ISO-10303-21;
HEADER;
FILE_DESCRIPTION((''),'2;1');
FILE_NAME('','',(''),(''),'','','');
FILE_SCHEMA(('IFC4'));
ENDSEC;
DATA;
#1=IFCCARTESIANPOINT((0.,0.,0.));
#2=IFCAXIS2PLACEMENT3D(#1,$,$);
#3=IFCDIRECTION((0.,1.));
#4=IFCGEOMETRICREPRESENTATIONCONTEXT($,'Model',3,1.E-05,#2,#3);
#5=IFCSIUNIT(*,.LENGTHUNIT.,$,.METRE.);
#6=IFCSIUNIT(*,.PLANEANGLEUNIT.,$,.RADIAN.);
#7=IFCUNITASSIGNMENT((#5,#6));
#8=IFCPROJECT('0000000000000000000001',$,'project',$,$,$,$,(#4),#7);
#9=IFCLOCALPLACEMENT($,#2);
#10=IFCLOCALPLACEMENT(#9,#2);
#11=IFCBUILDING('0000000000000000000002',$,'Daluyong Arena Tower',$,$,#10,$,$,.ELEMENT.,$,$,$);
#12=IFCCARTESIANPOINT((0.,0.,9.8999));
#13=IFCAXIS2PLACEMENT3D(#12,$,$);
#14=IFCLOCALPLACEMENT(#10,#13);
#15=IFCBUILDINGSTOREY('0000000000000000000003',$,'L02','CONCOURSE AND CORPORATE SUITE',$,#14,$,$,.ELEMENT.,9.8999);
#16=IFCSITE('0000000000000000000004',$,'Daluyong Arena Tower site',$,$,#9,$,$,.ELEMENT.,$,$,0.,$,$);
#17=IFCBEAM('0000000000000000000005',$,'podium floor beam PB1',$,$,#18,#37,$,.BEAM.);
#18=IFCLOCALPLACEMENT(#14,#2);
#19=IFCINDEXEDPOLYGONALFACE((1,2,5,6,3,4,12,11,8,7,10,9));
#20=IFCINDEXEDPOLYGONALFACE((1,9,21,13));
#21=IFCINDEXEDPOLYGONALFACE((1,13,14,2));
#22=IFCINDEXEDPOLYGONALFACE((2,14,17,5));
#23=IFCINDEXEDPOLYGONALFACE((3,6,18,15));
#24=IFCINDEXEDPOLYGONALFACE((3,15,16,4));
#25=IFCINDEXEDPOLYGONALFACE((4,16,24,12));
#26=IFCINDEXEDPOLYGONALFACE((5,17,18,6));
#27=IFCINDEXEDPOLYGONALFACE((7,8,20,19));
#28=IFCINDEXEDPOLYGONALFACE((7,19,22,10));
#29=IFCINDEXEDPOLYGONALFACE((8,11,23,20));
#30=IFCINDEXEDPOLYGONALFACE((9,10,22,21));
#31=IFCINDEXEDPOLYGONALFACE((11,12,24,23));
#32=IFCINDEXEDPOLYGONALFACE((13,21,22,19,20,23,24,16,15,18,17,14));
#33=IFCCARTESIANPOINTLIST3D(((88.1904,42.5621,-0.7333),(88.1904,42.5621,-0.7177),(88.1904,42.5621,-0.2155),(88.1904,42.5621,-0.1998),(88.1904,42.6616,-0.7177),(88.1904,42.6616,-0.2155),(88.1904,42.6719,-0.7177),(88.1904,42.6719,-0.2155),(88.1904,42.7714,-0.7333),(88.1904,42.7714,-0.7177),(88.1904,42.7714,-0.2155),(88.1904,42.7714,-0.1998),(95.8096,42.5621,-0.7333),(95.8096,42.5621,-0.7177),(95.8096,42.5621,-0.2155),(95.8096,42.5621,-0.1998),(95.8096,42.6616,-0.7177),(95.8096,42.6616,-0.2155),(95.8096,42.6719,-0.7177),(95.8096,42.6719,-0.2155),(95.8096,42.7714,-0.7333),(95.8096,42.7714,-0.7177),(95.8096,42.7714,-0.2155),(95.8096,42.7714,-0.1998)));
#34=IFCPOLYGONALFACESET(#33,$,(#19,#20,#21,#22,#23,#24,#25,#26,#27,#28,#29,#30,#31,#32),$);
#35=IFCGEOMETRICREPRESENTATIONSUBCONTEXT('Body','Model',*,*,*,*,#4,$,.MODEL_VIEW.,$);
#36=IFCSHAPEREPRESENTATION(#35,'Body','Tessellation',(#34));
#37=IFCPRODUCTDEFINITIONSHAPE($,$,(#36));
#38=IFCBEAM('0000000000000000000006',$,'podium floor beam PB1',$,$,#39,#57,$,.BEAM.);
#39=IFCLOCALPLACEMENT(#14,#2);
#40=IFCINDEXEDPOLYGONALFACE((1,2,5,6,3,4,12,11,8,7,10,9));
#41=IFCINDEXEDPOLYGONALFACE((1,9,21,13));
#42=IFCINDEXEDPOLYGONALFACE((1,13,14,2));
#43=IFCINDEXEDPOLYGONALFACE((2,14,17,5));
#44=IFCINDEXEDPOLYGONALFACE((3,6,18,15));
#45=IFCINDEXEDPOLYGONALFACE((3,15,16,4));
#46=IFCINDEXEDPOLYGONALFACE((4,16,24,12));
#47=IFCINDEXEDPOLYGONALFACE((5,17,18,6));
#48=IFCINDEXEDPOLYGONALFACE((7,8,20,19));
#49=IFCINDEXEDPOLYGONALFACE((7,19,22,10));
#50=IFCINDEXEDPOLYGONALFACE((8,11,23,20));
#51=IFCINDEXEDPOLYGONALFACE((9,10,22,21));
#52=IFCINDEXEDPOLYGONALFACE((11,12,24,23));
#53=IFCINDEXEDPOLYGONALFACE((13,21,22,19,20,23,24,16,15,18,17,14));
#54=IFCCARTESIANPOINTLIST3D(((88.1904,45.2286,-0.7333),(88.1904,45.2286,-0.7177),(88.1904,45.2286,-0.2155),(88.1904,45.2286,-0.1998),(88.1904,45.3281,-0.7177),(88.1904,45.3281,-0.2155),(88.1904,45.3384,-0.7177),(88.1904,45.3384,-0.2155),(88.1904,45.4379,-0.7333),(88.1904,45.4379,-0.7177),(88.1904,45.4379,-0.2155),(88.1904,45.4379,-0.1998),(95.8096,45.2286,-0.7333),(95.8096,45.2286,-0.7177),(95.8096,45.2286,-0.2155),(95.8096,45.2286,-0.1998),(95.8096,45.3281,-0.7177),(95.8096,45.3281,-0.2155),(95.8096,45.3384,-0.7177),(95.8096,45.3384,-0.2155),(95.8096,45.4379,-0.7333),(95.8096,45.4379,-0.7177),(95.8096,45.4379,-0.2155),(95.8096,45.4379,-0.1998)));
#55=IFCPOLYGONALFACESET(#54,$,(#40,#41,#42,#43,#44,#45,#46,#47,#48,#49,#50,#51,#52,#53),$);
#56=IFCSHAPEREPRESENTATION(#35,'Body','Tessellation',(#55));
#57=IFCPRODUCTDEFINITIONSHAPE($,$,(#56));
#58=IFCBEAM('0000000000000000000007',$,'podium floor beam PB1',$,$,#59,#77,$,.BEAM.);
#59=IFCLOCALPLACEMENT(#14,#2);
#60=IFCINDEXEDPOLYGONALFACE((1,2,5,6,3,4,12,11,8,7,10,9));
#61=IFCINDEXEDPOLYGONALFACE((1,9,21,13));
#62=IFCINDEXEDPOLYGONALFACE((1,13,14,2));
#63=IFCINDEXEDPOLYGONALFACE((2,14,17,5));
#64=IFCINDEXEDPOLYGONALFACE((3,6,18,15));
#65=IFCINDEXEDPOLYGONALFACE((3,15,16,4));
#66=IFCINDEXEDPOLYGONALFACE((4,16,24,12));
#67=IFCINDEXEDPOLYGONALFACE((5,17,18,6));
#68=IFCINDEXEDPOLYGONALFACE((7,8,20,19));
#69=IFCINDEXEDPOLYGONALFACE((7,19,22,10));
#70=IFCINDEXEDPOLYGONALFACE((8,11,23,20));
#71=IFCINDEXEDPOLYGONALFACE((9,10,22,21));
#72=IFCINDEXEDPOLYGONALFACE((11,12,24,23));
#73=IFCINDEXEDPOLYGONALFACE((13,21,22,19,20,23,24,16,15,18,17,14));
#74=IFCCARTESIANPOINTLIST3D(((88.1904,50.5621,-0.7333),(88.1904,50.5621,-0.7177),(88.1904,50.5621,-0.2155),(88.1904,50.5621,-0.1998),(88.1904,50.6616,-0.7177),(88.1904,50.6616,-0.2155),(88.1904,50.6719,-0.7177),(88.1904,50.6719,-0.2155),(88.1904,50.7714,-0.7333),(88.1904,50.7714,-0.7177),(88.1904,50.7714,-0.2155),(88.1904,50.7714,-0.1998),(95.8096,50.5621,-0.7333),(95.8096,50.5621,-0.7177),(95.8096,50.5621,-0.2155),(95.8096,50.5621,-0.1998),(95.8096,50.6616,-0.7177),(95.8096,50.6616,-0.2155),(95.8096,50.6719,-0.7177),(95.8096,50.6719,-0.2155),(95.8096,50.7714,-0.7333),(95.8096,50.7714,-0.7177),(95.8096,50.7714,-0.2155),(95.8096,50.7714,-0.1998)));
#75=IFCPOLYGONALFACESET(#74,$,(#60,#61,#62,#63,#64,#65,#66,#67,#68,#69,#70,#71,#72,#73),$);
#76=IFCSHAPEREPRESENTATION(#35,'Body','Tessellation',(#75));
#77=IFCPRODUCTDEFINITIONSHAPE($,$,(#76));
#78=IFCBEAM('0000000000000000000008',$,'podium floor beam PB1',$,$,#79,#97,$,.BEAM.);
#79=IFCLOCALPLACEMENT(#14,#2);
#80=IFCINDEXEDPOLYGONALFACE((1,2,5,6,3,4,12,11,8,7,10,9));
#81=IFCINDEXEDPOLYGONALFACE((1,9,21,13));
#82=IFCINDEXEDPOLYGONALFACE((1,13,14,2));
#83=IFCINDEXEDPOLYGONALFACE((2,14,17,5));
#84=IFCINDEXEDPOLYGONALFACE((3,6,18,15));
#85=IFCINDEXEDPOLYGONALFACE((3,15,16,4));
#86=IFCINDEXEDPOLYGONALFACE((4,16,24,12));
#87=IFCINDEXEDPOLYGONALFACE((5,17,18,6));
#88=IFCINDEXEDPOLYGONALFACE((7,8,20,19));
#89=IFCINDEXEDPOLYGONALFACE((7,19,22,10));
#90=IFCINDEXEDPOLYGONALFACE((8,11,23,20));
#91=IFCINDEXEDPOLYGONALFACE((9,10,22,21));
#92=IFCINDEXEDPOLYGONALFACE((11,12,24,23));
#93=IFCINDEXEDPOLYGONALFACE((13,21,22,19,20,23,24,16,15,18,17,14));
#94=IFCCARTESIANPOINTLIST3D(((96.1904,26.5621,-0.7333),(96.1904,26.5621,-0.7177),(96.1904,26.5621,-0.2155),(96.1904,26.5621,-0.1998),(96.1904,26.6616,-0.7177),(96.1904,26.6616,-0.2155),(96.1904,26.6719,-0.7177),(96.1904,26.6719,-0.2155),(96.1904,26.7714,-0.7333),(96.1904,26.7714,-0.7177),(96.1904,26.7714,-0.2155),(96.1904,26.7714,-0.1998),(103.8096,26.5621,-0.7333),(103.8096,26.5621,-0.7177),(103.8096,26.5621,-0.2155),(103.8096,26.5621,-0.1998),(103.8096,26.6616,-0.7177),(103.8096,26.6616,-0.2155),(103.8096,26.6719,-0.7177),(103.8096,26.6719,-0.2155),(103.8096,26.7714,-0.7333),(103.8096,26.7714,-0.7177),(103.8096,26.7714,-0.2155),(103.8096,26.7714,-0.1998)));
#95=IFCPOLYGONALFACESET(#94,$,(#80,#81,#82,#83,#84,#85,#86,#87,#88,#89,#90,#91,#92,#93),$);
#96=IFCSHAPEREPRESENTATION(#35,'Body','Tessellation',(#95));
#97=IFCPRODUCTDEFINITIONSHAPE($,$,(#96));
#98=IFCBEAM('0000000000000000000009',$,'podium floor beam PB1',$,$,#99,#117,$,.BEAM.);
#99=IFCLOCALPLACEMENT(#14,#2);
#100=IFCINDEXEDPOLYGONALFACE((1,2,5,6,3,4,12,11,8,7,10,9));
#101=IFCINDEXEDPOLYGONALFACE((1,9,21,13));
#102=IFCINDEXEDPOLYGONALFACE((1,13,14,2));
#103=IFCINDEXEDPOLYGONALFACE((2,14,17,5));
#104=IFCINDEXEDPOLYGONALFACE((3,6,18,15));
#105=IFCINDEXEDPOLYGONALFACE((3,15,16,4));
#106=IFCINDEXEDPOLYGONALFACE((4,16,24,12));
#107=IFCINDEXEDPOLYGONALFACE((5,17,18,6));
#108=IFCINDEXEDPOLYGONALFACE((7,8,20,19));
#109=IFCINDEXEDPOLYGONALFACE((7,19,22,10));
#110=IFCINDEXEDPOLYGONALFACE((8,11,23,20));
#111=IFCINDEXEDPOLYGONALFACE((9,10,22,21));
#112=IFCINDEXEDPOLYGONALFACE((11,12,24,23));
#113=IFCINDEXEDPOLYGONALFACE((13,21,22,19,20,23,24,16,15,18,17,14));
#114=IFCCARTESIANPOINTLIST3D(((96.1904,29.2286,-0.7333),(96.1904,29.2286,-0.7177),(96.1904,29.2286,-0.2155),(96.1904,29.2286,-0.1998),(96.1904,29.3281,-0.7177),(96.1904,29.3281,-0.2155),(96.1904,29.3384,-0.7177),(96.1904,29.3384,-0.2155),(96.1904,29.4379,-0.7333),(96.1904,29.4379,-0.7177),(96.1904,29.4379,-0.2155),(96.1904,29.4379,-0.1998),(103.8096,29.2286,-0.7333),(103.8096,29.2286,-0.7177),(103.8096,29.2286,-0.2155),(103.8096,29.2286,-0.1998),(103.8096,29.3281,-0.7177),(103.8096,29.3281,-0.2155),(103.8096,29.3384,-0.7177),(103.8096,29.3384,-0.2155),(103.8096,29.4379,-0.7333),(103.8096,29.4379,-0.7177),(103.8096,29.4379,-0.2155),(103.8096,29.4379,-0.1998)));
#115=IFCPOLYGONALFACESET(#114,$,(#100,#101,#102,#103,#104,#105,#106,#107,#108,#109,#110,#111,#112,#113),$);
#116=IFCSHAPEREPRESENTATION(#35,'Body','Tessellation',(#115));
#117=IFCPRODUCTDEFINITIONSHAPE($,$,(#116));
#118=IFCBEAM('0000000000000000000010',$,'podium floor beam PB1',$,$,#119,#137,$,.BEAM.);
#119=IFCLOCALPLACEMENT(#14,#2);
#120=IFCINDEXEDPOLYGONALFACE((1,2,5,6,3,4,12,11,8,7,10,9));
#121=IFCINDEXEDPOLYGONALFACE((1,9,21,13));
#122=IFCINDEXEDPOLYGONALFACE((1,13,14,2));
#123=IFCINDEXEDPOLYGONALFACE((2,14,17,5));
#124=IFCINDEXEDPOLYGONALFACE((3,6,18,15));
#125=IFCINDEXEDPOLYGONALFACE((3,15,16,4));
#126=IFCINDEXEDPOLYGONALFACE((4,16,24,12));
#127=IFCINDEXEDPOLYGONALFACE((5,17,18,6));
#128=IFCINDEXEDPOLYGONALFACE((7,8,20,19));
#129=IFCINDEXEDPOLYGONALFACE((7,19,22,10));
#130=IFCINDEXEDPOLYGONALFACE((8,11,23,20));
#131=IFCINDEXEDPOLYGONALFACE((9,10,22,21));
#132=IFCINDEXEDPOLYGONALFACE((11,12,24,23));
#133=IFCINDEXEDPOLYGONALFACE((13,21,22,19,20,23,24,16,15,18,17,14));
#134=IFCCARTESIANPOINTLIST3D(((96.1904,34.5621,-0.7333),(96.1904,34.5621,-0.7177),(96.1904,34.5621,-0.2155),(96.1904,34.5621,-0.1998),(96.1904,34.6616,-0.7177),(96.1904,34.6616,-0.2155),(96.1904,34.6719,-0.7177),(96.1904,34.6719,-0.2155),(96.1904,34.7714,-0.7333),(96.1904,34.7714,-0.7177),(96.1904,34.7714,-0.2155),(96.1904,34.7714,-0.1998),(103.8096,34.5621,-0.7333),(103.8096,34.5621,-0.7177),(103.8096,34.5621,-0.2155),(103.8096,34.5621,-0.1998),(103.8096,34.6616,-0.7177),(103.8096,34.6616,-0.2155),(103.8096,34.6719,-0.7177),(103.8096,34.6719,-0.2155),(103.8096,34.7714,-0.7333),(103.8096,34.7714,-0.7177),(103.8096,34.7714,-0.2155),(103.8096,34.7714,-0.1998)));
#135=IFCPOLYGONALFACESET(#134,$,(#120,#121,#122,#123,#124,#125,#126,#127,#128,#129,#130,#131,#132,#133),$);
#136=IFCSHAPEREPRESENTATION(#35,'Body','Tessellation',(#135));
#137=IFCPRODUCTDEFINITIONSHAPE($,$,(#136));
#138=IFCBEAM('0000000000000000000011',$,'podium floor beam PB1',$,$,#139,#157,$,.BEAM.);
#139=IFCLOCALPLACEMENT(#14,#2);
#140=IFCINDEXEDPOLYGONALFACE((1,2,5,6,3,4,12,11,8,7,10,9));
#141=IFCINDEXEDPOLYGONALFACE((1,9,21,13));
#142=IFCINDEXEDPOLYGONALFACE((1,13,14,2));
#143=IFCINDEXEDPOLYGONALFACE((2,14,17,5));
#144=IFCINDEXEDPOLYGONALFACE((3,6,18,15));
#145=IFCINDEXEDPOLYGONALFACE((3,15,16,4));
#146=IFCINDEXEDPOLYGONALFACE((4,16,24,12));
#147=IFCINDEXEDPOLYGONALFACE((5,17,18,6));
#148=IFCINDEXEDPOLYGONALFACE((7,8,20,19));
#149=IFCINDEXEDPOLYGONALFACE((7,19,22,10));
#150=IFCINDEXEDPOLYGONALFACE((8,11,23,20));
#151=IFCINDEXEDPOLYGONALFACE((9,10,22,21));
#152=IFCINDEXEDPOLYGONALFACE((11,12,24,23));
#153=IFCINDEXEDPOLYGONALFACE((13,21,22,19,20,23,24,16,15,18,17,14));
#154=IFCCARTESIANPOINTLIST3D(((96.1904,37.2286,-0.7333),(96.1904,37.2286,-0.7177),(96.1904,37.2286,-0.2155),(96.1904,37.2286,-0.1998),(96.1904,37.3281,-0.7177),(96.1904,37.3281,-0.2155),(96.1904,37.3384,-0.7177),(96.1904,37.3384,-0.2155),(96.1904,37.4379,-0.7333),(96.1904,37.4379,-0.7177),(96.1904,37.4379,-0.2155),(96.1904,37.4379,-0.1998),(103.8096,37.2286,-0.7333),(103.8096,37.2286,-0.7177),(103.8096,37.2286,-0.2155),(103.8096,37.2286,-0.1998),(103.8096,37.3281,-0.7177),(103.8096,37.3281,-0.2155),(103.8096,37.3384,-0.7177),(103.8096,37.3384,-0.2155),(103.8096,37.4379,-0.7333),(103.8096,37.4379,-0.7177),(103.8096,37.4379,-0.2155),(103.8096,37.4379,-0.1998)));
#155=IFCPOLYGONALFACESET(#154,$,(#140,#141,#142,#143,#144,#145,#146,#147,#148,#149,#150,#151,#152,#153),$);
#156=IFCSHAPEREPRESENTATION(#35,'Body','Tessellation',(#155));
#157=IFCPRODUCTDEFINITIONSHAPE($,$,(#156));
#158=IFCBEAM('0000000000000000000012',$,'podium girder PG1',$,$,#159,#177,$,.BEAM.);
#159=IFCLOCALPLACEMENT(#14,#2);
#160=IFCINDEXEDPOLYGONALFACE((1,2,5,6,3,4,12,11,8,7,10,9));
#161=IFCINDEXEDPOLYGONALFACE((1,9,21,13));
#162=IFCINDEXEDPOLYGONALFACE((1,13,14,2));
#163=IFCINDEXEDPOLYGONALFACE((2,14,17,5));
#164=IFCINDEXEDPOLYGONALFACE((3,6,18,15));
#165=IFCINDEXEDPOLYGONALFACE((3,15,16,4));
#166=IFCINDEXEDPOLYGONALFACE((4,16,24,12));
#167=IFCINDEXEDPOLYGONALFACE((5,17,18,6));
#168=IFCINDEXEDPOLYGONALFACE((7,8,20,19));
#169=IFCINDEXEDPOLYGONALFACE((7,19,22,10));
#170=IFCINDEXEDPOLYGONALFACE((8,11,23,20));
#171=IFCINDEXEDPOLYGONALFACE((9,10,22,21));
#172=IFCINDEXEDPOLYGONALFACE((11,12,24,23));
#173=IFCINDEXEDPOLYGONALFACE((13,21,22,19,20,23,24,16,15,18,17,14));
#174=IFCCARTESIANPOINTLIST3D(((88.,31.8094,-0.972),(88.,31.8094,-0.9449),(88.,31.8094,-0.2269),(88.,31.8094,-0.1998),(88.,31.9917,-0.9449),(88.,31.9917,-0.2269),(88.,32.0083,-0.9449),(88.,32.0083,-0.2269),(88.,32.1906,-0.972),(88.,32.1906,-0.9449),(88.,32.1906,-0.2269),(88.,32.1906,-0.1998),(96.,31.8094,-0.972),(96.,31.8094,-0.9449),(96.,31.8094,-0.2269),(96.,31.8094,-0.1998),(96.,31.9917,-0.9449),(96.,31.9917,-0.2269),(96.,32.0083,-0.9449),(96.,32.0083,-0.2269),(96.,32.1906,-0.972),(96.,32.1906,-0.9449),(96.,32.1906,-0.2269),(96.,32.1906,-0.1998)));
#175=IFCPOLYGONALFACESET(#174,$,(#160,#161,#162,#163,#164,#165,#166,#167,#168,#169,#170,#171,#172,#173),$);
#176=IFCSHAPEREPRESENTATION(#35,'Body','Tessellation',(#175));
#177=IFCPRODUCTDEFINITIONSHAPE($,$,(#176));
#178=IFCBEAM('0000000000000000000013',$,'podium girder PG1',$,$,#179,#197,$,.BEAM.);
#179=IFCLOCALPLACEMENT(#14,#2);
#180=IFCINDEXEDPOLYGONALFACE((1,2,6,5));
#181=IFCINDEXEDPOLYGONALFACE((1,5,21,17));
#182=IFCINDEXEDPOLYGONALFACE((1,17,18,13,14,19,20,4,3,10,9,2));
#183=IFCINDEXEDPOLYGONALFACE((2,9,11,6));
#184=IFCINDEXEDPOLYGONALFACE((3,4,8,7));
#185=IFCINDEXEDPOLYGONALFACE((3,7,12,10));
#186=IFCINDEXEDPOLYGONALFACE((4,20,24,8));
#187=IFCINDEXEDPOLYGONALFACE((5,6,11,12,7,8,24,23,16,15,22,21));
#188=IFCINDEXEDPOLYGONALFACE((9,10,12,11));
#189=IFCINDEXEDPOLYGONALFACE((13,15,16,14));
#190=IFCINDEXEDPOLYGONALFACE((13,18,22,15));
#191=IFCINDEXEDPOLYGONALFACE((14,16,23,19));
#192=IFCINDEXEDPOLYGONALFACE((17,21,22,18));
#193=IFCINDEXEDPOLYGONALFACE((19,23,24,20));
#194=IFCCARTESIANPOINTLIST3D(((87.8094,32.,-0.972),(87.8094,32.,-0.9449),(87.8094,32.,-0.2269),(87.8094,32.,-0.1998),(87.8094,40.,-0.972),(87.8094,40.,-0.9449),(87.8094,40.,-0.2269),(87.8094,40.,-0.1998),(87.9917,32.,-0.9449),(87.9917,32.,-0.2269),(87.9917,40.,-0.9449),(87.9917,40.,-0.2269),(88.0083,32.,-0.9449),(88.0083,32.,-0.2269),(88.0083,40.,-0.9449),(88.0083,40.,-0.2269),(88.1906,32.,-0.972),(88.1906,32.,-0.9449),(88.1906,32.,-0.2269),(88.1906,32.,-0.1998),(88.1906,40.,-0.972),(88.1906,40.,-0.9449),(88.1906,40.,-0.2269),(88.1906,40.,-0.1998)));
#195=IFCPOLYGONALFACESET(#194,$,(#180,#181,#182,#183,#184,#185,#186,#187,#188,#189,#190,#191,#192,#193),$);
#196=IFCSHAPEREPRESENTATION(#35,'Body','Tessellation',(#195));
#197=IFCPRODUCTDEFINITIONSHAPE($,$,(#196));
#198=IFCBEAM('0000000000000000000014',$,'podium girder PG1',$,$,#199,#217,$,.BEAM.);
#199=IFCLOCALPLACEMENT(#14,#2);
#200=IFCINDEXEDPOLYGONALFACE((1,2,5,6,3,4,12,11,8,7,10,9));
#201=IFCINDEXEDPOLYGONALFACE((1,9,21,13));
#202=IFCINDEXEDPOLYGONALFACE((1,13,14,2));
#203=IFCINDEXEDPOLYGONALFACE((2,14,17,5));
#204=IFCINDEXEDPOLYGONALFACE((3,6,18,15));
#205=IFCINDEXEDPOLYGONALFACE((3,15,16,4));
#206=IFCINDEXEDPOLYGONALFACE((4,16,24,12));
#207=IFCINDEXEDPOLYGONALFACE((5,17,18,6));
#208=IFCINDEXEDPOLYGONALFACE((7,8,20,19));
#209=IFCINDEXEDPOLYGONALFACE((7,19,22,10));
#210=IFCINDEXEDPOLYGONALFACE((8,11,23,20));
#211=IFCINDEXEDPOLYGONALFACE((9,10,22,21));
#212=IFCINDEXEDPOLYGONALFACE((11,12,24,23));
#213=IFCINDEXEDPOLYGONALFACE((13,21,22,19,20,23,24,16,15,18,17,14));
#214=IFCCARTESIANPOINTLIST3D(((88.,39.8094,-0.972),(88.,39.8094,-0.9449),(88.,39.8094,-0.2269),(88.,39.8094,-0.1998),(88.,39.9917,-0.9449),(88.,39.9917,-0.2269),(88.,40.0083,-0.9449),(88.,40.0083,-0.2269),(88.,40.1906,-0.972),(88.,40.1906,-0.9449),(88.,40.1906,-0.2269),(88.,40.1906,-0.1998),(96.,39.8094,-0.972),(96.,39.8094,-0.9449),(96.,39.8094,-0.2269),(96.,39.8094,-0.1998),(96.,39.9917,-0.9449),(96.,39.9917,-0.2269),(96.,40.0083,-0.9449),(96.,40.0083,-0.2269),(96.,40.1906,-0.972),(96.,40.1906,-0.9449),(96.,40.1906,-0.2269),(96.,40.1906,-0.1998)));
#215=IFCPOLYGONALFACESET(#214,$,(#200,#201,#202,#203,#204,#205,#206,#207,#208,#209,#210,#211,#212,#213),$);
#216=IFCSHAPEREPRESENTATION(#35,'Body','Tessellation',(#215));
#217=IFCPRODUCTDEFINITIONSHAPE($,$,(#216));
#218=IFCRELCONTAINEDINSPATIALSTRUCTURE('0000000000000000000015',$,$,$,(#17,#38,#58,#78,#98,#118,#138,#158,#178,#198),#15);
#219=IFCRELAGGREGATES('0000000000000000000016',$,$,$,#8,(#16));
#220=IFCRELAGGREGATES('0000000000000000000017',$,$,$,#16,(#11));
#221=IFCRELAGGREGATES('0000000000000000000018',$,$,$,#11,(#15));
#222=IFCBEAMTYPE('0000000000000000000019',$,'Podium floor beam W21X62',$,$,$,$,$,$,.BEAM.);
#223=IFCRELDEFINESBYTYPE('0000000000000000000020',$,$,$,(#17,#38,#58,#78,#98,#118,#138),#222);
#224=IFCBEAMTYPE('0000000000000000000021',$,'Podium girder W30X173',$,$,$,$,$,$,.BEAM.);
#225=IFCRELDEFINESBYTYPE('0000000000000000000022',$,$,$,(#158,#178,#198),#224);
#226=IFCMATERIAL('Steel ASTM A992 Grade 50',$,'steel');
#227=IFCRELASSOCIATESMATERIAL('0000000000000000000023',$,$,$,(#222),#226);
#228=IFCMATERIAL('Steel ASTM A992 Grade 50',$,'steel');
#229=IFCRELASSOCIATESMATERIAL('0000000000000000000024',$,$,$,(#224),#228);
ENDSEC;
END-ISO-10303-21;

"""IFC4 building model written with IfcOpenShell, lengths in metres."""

from ifc_helpers import new_model, si_unit, direction, frame, origin, origin_2d, place, context, subcontext, project, spatial, i_section, extrude, material, material_profile, profile_set, type_object, element, save


model = new_model("IFC4")

# Units and contexts
model_context = context("Model", 3, precision=1e-05, world=origin(), true_north=direction((0.0, 1.0)))
body_context = subcontext(model_context, "Body", "Model", "MODEL_VIEW")
ifc_project = project(units=[si_unit("LENGTHUNIT", "METRE"), si_unit("PLANEANGLEUNIT", "RADIAN")], contexts=[model_context])

# Site, building, storey
site_placement = place(None, origin())
site = spatial("IfcSite", under=ifc_project, at=site_placement, Name="Daluyong Arena Tower site", CompositionType="ELEMENT", RefElevation=0.0)
building_placement = place(site_placement, origin())
building = spatial("IfcBuilding", under=site, at=building_placement, Name="Daluyong Arena Tower", CompositionType="ELEMENT")
storey_placement = place(building_placement, frame((0.0, 0.0, 9.8999)))
storey = spatial("IfcBuildingStorey", under=building, at=storey_placement, Name="L02", Description="CONCOURSE AND CORPORATE SUITE", CompositionType="ELEMENT", Elevation=9.8999)

# Beams
ifc_material_1 = material(Name="Steel ASTM A992 Grade 50", Category="steel")
ifc_material_profile_1 = material_profile(ifc_material_1, i_section(OverallWidth=0.2092, OverallDepth=0.5334, WebThickness=0.0103, FlangeThickness=0.0156, at=origin_2d()))
ifc_profile_set_1 = profile_set([ifc_material_profile_1], Name="Steel ASTM A992 Grade 50")
beam_type_1 = type_object("IfcBeamType", Name="Podium floor beam W21X62", PredefinedType="BEAM", material=ifc_profile_set_1)
for number, where, z_axis, x_axis, name in (
    (1, (88.1904, 42.6667, -0.4666), (1.0, 0.0, 0.0), (0.0, 1.0, 0.0), "podium floor beam PB1"),
    (2, (88.1904, 45.3333, -0.4666), (1.0, 0.0, 0.0), (0.0, 1.0, 0.0), "podium floor beam PB1"),
    (3, (88.1904, 50.6667, -0.4666), (1.0, 0.0, 0.0), (0.0, 1.0, 0.0), "podium floor beam PB1"),
    (4, (96.1904, 26.6667, -0.4666), (1.0, 0.0, 0.0), (0.0, 1.0, 0.0), "podium floor beam PB1"),
    (5, (96.1904, 29.3333, -0.4666), (1.0, 0.0, 0.0), (0.0, 1.0, 0.0), "podium floor beam PB1"),
    (6, (96.1904, 34.6667, -0.4666), (1.0, 0.0, 0.0), (0.0, 1.0, 0.0), "podium floor beam PB1"),
    (7, (96.1904, 37.3333, -0.4666), (1.0, 0.0, 0.0), (0.0, 1.0, 0.0), "podium floor beam PB1"),
):
    element("IfcBeam", number, at=place(storey_placement, frame(where, z_axis=z_axis, x_axis=x_axis)), inside=storey, type_object=beam_type_1, Name=name, PredefinedType="BEAM", context=body_context, shape_type="SweptSolid", body=[
        extrude(i_section(OverallWidth=0.2092, OverallDepth=0.5334, WebThickness=0.0103, FlangeThickness=0.0156, at=origin_2d()), origin(), (0.0, 0.0, 1.0), 7.6191),
    ])
ifc_material_2 = material(Name="Steel ASTM A992 Grade 50", Category="steel")
ifc_material_profile_2 = material_profile(ifc_material_2, i_section(OverallWidth=0.3811, OverallDepth=0.7722, WebThickness=0.0166, FlangeThickness=0.0271, at=origin_2d()))
ifc_profile_set_2 = profile_set([ifc_material_profile_2], Name="Steel ASTM A992 Grade 50")
beam_type_2 = type_object("IfcBeamType", Name="Podium girder W30X173", PredefinedType="BEAM", material=ifc_profile_set_2)
for number, where, z_axis, x_axis, name in (
    (8, (88.0, 32.0, -0.5859), (1.0, 0.0, 0.0), (0.0, 1.0, 0.0), "podium girder PG1"),
    (9, (88.0, 32.0, -0.5859), (0.0, 1.0, 0.0), (-1.0, 0.0, 0.0), "podium girder PG1"),
    (10, (88.0, 40.0, -0.5859), (1.0, 0.0, 0.0), (0.0, 1.0, 0.0), "podium girder PG1"),
):
    element("IfcBeam", number, at=place(storey_placement, frame(where, z_axis=z_axis, x_axis=x_axis)), inside=storey, type_object=beam_type_2, Name=name, PredefinedType="BEAM", context=body_context, shape_type="SweptSolid", body=[
        extrude(i_section(OverallWidth=0.3811, OverallDepth=0.7722, WebThickness=0.0166, FlangeThickness=0.0271, at=origin_2d()), origin(), (0.0, 0.0, 1.0), 8.0),
    ])

save(model, "model.ifc")
